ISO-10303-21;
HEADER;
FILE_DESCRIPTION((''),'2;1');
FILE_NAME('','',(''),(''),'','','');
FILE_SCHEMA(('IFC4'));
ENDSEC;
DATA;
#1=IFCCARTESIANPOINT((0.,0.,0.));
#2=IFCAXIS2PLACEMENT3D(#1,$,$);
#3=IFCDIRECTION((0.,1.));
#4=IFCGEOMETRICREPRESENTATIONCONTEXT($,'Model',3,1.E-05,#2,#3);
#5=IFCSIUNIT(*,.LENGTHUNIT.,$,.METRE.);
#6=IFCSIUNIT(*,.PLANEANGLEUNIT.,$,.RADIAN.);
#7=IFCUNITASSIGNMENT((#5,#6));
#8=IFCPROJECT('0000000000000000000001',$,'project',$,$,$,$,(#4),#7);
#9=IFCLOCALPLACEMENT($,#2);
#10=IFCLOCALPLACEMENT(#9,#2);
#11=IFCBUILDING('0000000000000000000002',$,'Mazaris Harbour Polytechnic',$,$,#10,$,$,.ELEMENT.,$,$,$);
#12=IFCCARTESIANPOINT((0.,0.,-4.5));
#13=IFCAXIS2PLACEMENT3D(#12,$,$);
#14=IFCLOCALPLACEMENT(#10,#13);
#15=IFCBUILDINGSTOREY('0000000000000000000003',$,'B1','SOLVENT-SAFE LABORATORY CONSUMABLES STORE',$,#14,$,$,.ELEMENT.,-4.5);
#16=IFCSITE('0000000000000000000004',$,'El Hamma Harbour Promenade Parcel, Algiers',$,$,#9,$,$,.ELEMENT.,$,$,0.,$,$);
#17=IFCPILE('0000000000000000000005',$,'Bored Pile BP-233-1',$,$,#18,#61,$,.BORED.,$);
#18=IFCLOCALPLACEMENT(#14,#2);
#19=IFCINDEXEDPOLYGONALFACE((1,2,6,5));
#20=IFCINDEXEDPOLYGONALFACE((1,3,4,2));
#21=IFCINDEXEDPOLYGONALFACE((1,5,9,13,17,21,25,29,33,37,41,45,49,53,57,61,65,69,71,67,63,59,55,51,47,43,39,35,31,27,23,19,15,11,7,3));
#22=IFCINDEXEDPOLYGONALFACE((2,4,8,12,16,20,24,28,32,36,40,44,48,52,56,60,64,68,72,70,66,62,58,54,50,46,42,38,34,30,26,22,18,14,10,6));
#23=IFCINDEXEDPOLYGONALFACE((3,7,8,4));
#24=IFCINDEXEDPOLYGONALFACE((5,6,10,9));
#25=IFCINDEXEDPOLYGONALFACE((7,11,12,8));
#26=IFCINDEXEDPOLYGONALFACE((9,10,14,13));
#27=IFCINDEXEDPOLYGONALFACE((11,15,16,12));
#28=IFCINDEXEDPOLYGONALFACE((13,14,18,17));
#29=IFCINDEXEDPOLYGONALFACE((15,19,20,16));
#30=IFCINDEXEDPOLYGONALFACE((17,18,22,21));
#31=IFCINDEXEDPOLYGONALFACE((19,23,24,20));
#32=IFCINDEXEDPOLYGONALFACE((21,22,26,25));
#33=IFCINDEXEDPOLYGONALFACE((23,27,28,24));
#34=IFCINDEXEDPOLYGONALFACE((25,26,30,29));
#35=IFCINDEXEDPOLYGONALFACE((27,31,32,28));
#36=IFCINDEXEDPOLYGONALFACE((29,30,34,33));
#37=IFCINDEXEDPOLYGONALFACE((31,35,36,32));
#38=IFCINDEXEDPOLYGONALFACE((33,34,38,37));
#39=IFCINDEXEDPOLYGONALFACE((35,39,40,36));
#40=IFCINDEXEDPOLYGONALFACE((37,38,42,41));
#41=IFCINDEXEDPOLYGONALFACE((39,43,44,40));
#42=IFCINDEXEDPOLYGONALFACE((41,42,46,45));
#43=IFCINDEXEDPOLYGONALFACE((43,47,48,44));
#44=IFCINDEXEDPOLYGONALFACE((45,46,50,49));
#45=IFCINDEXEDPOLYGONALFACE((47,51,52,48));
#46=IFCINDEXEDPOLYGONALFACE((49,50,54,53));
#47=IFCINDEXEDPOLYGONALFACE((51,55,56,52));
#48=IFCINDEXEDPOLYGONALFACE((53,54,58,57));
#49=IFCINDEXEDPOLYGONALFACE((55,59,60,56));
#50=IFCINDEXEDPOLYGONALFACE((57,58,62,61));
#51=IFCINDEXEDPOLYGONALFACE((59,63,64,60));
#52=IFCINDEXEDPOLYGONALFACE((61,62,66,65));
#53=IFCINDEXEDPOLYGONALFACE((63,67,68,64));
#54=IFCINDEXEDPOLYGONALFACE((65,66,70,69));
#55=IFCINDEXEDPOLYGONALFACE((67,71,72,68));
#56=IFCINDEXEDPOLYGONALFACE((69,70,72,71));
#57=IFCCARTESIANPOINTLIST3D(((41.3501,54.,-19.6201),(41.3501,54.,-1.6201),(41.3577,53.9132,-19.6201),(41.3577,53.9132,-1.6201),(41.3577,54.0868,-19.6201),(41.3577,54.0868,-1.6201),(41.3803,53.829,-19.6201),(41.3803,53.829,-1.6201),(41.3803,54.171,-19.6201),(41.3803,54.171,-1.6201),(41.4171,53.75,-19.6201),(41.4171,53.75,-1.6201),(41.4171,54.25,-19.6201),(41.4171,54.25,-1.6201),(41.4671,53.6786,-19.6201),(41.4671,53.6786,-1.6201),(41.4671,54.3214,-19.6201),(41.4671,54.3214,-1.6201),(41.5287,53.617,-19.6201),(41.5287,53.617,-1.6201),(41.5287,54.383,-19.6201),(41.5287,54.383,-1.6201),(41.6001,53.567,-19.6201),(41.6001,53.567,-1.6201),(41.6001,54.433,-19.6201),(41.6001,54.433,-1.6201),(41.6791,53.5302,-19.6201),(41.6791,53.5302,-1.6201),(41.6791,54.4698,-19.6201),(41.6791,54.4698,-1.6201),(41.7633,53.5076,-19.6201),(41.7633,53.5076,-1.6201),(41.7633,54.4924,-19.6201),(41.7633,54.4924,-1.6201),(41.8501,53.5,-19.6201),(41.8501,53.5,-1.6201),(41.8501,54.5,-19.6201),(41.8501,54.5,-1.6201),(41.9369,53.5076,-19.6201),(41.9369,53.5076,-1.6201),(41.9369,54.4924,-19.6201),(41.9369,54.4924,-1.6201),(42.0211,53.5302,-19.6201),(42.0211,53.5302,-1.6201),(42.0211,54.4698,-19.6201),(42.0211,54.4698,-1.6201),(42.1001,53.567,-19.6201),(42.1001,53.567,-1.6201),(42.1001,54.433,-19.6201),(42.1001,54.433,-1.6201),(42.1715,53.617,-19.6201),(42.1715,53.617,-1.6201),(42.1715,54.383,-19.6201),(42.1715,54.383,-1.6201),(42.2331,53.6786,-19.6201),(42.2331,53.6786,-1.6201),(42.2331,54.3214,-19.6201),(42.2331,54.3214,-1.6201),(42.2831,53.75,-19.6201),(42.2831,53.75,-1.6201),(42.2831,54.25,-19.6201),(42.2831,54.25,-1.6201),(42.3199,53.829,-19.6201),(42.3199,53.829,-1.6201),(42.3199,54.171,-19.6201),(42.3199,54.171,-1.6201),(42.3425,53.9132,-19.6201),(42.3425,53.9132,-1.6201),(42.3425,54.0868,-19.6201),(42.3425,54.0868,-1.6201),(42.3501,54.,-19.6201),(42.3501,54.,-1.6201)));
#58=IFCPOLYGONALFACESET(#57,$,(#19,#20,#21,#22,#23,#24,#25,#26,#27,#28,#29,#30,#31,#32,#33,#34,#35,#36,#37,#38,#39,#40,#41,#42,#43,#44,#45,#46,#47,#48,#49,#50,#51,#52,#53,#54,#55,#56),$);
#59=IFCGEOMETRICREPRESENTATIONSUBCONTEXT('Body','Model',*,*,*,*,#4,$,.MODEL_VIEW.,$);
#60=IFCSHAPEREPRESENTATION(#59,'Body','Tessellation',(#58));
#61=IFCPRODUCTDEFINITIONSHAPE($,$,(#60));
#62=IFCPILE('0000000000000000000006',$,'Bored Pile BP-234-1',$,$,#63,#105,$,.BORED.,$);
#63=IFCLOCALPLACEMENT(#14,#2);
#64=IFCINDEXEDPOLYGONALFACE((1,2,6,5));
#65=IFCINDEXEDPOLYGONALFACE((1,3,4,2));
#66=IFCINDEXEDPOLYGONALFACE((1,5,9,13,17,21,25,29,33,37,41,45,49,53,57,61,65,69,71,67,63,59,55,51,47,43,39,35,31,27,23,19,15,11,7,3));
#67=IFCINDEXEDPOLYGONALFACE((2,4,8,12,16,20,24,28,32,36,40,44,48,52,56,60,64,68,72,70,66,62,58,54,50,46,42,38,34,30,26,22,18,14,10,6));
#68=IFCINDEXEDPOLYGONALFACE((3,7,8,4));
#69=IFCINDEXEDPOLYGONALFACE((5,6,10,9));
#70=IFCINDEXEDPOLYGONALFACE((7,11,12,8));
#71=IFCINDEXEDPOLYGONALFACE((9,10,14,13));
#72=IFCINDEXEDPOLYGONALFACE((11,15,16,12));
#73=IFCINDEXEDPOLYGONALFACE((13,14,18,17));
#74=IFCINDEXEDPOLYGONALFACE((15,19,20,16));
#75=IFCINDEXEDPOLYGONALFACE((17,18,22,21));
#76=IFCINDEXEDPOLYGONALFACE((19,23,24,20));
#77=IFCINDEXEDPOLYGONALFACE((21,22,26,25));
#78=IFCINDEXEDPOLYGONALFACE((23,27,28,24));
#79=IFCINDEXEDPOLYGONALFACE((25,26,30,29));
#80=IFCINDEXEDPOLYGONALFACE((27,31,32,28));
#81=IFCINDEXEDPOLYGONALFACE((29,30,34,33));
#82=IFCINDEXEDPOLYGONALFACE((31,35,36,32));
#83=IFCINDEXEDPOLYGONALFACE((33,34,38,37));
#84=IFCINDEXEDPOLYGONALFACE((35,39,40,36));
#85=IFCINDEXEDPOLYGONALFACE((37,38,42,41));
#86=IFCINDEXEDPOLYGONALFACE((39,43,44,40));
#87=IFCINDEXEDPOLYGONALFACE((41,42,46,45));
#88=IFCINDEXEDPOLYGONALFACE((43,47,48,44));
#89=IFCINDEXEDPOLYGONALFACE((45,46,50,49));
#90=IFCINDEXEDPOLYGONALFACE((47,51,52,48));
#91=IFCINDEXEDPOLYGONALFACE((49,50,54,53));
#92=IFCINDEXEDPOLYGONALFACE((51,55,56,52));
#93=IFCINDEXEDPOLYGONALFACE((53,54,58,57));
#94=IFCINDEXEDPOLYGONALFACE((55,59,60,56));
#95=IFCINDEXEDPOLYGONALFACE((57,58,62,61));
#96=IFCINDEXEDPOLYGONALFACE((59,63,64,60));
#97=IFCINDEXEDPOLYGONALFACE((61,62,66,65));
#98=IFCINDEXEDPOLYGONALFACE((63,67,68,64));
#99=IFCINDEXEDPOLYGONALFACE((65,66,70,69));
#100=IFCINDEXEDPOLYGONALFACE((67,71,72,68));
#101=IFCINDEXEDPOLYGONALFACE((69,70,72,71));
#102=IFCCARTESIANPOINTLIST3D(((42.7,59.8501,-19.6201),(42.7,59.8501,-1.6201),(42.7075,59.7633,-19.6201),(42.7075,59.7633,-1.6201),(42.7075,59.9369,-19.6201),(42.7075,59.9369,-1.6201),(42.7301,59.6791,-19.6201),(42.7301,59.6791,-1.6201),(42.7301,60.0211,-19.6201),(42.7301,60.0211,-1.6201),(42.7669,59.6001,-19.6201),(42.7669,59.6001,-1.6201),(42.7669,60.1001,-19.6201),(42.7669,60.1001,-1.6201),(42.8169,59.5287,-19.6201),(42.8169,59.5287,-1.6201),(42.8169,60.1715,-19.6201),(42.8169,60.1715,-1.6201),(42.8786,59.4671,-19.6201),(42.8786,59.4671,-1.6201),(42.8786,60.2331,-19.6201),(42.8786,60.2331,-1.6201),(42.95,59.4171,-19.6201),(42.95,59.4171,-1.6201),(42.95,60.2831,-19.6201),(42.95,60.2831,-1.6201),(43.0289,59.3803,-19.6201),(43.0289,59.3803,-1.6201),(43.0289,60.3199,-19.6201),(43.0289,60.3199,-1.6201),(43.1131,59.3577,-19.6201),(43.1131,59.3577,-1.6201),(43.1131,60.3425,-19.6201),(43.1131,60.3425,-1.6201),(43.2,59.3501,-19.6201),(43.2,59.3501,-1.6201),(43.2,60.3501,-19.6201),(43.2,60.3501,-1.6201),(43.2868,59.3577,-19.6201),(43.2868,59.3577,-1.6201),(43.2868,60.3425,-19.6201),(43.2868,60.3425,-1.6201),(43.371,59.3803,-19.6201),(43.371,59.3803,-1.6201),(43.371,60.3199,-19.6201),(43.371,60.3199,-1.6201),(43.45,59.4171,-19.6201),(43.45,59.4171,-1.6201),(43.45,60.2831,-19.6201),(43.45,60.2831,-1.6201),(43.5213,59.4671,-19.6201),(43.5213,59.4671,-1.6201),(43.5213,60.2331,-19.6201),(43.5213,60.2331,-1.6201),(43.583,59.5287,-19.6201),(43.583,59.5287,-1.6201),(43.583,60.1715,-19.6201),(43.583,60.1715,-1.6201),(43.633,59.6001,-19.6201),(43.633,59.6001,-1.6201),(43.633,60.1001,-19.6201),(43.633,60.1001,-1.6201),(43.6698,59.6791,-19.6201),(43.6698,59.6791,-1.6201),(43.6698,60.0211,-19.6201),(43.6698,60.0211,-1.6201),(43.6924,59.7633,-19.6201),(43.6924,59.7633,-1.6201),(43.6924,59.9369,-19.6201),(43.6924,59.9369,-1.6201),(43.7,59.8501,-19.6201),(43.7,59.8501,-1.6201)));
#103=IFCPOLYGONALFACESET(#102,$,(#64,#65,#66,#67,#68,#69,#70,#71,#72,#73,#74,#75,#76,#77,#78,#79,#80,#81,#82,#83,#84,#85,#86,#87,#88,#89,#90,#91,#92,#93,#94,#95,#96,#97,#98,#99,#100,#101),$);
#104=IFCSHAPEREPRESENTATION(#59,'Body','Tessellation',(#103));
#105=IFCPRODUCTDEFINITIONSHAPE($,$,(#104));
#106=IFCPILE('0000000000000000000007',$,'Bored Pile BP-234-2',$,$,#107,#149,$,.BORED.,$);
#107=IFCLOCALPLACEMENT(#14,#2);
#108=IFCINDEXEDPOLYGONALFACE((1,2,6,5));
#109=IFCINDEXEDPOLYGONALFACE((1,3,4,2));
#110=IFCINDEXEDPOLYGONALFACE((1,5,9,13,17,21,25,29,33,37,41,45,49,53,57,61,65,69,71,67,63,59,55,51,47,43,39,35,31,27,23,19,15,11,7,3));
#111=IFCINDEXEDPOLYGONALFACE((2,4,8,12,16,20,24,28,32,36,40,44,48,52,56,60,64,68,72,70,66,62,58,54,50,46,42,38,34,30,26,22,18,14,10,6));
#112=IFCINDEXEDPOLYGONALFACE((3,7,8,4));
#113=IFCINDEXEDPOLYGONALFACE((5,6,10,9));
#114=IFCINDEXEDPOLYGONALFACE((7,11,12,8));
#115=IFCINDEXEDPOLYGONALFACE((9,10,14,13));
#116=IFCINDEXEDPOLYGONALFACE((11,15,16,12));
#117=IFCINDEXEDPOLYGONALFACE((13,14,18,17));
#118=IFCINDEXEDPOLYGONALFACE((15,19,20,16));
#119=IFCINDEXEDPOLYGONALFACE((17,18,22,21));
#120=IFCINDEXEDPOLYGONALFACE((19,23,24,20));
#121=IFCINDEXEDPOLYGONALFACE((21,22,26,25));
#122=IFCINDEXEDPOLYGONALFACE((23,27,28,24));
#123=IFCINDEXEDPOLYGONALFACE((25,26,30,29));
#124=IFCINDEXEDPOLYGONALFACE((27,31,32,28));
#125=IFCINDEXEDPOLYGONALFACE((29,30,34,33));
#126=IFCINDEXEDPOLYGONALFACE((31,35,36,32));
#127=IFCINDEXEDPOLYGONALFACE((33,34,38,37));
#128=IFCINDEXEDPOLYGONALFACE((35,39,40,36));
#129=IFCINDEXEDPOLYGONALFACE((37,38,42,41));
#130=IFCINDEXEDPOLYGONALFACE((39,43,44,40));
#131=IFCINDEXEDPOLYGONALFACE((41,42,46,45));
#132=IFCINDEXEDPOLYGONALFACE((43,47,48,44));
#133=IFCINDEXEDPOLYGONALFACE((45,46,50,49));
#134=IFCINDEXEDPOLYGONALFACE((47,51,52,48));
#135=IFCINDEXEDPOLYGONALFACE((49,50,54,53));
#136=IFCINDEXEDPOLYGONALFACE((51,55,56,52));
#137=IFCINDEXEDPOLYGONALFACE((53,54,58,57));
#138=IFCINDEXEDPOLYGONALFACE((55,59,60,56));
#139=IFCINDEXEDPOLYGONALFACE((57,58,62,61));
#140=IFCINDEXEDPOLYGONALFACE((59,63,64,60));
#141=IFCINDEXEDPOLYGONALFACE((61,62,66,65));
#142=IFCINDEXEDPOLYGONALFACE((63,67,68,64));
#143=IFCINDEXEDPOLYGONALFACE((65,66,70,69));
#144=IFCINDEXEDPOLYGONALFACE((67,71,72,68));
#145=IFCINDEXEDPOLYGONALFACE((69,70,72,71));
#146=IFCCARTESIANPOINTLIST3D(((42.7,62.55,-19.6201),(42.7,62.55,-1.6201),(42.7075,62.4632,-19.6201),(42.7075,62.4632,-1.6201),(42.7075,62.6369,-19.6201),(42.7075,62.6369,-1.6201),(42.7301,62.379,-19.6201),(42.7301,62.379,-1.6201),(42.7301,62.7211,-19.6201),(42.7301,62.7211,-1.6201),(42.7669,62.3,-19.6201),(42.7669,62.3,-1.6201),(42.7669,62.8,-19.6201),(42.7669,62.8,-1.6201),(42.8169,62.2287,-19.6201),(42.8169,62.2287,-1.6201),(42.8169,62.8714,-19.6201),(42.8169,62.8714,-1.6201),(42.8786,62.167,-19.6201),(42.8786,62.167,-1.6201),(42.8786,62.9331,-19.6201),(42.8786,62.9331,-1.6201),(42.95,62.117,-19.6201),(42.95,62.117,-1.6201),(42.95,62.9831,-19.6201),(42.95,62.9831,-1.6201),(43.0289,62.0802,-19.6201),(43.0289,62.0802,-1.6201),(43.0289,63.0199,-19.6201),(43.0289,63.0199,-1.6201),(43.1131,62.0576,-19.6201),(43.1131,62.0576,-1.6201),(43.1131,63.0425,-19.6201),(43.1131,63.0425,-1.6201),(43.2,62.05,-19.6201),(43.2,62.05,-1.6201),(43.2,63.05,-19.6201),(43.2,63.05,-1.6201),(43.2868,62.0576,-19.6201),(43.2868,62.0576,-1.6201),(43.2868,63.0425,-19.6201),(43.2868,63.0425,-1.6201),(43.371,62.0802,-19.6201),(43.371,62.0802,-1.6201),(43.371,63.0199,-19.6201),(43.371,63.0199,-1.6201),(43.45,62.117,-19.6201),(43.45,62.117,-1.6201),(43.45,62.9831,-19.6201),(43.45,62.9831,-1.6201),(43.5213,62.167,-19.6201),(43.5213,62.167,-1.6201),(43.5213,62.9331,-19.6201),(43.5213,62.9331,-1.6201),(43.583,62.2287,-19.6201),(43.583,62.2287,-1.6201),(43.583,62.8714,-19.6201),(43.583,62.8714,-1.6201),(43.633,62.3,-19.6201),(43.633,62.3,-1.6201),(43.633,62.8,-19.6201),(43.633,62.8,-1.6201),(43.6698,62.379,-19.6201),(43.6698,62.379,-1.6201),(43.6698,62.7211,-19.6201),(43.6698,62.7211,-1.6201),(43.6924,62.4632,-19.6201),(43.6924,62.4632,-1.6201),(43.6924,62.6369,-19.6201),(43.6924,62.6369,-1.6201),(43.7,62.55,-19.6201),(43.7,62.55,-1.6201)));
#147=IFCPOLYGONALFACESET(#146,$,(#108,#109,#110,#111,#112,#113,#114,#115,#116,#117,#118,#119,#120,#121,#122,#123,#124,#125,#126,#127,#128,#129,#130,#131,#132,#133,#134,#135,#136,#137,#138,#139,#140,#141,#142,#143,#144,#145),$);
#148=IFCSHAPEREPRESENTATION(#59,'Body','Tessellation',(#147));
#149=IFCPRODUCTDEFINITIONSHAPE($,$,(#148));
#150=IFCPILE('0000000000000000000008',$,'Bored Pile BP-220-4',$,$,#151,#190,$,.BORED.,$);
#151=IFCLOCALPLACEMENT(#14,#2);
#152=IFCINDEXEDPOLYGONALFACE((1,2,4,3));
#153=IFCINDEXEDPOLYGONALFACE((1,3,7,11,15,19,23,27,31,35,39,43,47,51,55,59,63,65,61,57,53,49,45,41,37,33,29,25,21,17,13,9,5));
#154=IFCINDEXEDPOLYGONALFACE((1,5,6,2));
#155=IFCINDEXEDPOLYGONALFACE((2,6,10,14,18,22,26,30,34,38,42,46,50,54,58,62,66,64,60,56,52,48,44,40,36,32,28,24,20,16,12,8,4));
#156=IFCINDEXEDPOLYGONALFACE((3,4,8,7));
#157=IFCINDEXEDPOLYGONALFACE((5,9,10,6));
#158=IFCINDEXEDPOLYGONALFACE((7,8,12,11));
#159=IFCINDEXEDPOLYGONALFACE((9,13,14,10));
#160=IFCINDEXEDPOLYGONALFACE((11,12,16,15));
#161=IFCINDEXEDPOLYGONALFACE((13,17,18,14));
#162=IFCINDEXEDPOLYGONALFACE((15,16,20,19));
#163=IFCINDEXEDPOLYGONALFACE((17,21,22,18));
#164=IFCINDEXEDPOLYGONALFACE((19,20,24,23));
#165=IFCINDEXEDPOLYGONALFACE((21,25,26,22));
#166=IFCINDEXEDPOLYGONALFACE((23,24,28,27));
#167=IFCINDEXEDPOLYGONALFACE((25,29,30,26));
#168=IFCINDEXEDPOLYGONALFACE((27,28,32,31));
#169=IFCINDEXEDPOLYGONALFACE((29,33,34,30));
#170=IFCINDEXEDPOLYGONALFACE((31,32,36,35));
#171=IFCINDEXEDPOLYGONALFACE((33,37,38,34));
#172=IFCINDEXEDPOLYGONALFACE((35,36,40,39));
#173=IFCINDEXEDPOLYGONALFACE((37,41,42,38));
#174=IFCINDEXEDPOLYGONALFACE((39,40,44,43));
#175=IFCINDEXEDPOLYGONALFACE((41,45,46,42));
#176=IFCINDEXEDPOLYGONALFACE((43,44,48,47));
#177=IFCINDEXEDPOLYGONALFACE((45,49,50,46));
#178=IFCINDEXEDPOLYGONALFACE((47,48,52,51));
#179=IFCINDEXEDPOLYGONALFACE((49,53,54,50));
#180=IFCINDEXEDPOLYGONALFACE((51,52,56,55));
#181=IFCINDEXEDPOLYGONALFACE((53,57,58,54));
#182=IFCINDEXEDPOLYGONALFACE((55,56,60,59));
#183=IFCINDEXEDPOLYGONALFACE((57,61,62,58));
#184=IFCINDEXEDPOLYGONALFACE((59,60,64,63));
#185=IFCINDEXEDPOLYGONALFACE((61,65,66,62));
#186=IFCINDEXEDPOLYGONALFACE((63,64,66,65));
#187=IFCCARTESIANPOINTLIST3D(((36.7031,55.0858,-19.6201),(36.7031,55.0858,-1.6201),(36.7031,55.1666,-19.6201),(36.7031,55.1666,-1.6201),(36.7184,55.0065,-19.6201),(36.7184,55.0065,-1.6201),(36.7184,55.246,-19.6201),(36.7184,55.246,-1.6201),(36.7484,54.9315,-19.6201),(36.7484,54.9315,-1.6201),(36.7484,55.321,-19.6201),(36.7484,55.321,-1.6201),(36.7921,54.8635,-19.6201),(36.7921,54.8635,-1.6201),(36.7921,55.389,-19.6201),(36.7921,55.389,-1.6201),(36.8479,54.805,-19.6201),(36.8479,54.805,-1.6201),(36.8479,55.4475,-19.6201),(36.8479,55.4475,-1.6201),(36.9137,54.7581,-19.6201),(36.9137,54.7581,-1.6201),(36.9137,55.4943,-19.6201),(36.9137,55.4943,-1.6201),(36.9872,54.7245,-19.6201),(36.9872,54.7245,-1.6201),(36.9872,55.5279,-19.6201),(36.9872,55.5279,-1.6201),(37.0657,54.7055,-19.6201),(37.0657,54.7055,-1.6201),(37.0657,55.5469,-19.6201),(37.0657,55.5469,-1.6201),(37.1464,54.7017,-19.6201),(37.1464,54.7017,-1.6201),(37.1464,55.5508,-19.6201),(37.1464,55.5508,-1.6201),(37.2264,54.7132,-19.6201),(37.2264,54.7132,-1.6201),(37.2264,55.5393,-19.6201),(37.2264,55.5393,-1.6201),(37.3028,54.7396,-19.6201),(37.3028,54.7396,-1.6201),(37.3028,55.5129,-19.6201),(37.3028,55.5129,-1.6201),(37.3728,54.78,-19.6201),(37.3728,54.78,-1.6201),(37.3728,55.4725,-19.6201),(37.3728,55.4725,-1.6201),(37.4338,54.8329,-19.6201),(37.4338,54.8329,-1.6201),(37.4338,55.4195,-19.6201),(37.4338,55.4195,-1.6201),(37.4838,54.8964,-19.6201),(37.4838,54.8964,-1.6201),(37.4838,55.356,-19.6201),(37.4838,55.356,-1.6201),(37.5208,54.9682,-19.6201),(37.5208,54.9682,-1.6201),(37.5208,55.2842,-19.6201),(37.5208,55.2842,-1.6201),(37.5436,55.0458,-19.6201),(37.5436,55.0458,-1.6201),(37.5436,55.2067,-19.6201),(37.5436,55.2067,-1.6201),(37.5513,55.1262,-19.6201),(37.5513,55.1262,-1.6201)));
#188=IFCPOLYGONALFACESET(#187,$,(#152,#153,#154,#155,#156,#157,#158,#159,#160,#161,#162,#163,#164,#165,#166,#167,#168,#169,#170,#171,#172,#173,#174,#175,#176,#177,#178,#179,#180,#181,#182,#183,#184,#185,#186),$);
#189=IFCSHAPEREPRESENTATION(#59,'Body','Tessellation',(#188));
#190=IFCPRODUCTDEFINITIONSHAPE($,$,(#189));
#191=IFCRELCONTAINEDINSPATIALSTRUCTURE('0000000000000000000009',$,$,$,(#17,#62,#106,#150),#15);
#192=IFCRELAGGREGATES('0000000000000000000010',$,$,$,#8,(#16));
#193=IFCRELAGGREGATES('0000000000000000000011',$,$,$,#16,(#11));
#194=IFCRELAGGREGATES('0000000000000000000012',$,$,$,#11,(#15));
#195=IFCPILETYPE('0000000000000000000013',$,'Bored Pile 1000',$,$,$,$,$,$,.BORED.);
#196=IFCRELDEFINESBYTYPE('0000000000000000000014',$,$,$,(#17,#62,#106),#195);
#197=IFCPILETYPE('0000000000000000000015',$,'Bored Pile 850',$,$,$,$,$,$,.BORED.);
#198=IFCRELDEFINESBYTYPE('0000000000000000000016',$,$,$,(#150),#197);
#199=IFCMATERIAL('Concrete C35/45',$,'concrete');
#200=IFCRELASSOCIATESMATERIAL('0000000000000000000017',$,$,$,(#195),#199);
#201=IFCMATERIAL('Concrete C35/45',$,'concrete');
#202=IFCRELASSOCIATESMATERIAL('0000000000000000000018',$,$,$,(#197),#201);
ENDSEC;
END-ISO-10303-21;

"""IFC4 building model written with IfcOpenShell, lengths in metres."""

from ifc_helpers import new_model, si_unit, direction, frame, origin, origin_2d, place, context, subcontext, project, spatial, circle, extrude, material, material_profile, profile_set, type_object, element, save


model = new_model("IFC4")

# Units and contexts
model_context = context("Model", 3, precision=1e-05, world=origin(), true_north=direction((0.0, 1.0)))
body_context = subcontext(model_context, "Body", "Model", "MODEL_VIEW")
ifc_project = project(units=[si_unit("LENGTHUNIT", "METRE"), si_unit("PLANEANGLEUNIT", "RADIAN")], contexts=[model_context])

# Site, building, storey
site_placement = place(None, origin())
site = spatial("IfcSite", under=ifc_project, at=site_placement, Name="El Hamma Harbour Promenade Parcel, Algiers", CompositionType="ELEMENT", RefElevation=0.0)
building_placement = place(site_placement, origin())
building = spatial("IfcBuilding", under=site, at=building_placement, Name="Mazaris Harbour Polytechnic", CompositionType="ELEMENT")
storey_placement = place(building_placement, frame((0.0, 0.0, -4.5)))
storey = spatial("IfcBuildingStorey", under=building, at=storey_placement, Name="B1", Description="SOLVENT-SAFE LABORATORY CONSUMABLES STORE", CompositionType="ELEMENT", Elevation=-4.5)

# Piles
ifc_material_1 = material(Name="Concrete C35/45", Category="concrete")
ifc_material_profile_1 = material_profile(ifc_material_1, circle(Radius=0.5, at=origin_2d()), Name="DIA1000")
ifc_profile_set_1 = profile_set([ifc_material_profile_1], Name="Concrete C35/45")
pile_type_1 = type_object("IfcPileType", Name="Bored Pile 1000", PredefinedType="BORED", material=ifc_profile_set_1)
for number, where, z_axis, x_axis, name in (
    (1, (41.8501, 54.0, -1.6201), (0.0, 0.0, -1.0), (1.0, 0.0, 0.0), "Bored Pile BP-233-1"),
    (2, (43.2, 59.8501, -1.6201), (0.0, 0.0, -1.0), (1.0, 0.0, 0.0), "Bored Pile BP-234-1"),
    (3, (43.2, 62.55, -1.6201), (0.0, 0.0, -1.0), (1.0, 0.0, 0.0), "Bored Pile BP-234-2"),
):
    element("IfcPile", number, at=place(storey_placement, frame(where, z_axis=z_axis, x_axis=x_axis)), inside=storey, type_object=pile_type_1, Name=name, PredefinedType="BORED", context=body_context, shape_type="SweptSolid", body=[
        extrude(circle(Radius=0.5, at=origin_2d()), origin(), (0.0, 0.0, 1.0), 18.0),
    ])
ifc_material_2 = material(Name="Concrete C35/45", Category="concrete")
ifc_material_profile_2 = material_profile(ifc_material_2, circle(Radius=0.425, at=origin_2d()), Name="DIA850")
ifc_profile_set_2 = profile_set([ifc_material_profile_2], Name="Concrete C35/45")
pile_type_2 = type_object("IfcPileType", Name="Bored Pile 850", PredefinedType="BORED", material=ifc_profile_set_2)
pile_placement = place(storey_placement, frame((37.1262, 55.1262, -1.6201), z_axis=(0.0, 0.0, -1.0), x_axis=(1.0, 0.0, 0.0)))
element("IfcPile", 4, at=pile_placement, inside=storey, type_object=pile_type_2, Name="Bored Pile BP-220-4", PredefinedType="BORED", context=body_context, shape_type="SweptSolid", body=[
    extrude(circle(Radius=0.425, at=origin_2d()), origin(), (0.0, 0.0, 1.0), 18.0),
])

save(model, "model.ifc")
